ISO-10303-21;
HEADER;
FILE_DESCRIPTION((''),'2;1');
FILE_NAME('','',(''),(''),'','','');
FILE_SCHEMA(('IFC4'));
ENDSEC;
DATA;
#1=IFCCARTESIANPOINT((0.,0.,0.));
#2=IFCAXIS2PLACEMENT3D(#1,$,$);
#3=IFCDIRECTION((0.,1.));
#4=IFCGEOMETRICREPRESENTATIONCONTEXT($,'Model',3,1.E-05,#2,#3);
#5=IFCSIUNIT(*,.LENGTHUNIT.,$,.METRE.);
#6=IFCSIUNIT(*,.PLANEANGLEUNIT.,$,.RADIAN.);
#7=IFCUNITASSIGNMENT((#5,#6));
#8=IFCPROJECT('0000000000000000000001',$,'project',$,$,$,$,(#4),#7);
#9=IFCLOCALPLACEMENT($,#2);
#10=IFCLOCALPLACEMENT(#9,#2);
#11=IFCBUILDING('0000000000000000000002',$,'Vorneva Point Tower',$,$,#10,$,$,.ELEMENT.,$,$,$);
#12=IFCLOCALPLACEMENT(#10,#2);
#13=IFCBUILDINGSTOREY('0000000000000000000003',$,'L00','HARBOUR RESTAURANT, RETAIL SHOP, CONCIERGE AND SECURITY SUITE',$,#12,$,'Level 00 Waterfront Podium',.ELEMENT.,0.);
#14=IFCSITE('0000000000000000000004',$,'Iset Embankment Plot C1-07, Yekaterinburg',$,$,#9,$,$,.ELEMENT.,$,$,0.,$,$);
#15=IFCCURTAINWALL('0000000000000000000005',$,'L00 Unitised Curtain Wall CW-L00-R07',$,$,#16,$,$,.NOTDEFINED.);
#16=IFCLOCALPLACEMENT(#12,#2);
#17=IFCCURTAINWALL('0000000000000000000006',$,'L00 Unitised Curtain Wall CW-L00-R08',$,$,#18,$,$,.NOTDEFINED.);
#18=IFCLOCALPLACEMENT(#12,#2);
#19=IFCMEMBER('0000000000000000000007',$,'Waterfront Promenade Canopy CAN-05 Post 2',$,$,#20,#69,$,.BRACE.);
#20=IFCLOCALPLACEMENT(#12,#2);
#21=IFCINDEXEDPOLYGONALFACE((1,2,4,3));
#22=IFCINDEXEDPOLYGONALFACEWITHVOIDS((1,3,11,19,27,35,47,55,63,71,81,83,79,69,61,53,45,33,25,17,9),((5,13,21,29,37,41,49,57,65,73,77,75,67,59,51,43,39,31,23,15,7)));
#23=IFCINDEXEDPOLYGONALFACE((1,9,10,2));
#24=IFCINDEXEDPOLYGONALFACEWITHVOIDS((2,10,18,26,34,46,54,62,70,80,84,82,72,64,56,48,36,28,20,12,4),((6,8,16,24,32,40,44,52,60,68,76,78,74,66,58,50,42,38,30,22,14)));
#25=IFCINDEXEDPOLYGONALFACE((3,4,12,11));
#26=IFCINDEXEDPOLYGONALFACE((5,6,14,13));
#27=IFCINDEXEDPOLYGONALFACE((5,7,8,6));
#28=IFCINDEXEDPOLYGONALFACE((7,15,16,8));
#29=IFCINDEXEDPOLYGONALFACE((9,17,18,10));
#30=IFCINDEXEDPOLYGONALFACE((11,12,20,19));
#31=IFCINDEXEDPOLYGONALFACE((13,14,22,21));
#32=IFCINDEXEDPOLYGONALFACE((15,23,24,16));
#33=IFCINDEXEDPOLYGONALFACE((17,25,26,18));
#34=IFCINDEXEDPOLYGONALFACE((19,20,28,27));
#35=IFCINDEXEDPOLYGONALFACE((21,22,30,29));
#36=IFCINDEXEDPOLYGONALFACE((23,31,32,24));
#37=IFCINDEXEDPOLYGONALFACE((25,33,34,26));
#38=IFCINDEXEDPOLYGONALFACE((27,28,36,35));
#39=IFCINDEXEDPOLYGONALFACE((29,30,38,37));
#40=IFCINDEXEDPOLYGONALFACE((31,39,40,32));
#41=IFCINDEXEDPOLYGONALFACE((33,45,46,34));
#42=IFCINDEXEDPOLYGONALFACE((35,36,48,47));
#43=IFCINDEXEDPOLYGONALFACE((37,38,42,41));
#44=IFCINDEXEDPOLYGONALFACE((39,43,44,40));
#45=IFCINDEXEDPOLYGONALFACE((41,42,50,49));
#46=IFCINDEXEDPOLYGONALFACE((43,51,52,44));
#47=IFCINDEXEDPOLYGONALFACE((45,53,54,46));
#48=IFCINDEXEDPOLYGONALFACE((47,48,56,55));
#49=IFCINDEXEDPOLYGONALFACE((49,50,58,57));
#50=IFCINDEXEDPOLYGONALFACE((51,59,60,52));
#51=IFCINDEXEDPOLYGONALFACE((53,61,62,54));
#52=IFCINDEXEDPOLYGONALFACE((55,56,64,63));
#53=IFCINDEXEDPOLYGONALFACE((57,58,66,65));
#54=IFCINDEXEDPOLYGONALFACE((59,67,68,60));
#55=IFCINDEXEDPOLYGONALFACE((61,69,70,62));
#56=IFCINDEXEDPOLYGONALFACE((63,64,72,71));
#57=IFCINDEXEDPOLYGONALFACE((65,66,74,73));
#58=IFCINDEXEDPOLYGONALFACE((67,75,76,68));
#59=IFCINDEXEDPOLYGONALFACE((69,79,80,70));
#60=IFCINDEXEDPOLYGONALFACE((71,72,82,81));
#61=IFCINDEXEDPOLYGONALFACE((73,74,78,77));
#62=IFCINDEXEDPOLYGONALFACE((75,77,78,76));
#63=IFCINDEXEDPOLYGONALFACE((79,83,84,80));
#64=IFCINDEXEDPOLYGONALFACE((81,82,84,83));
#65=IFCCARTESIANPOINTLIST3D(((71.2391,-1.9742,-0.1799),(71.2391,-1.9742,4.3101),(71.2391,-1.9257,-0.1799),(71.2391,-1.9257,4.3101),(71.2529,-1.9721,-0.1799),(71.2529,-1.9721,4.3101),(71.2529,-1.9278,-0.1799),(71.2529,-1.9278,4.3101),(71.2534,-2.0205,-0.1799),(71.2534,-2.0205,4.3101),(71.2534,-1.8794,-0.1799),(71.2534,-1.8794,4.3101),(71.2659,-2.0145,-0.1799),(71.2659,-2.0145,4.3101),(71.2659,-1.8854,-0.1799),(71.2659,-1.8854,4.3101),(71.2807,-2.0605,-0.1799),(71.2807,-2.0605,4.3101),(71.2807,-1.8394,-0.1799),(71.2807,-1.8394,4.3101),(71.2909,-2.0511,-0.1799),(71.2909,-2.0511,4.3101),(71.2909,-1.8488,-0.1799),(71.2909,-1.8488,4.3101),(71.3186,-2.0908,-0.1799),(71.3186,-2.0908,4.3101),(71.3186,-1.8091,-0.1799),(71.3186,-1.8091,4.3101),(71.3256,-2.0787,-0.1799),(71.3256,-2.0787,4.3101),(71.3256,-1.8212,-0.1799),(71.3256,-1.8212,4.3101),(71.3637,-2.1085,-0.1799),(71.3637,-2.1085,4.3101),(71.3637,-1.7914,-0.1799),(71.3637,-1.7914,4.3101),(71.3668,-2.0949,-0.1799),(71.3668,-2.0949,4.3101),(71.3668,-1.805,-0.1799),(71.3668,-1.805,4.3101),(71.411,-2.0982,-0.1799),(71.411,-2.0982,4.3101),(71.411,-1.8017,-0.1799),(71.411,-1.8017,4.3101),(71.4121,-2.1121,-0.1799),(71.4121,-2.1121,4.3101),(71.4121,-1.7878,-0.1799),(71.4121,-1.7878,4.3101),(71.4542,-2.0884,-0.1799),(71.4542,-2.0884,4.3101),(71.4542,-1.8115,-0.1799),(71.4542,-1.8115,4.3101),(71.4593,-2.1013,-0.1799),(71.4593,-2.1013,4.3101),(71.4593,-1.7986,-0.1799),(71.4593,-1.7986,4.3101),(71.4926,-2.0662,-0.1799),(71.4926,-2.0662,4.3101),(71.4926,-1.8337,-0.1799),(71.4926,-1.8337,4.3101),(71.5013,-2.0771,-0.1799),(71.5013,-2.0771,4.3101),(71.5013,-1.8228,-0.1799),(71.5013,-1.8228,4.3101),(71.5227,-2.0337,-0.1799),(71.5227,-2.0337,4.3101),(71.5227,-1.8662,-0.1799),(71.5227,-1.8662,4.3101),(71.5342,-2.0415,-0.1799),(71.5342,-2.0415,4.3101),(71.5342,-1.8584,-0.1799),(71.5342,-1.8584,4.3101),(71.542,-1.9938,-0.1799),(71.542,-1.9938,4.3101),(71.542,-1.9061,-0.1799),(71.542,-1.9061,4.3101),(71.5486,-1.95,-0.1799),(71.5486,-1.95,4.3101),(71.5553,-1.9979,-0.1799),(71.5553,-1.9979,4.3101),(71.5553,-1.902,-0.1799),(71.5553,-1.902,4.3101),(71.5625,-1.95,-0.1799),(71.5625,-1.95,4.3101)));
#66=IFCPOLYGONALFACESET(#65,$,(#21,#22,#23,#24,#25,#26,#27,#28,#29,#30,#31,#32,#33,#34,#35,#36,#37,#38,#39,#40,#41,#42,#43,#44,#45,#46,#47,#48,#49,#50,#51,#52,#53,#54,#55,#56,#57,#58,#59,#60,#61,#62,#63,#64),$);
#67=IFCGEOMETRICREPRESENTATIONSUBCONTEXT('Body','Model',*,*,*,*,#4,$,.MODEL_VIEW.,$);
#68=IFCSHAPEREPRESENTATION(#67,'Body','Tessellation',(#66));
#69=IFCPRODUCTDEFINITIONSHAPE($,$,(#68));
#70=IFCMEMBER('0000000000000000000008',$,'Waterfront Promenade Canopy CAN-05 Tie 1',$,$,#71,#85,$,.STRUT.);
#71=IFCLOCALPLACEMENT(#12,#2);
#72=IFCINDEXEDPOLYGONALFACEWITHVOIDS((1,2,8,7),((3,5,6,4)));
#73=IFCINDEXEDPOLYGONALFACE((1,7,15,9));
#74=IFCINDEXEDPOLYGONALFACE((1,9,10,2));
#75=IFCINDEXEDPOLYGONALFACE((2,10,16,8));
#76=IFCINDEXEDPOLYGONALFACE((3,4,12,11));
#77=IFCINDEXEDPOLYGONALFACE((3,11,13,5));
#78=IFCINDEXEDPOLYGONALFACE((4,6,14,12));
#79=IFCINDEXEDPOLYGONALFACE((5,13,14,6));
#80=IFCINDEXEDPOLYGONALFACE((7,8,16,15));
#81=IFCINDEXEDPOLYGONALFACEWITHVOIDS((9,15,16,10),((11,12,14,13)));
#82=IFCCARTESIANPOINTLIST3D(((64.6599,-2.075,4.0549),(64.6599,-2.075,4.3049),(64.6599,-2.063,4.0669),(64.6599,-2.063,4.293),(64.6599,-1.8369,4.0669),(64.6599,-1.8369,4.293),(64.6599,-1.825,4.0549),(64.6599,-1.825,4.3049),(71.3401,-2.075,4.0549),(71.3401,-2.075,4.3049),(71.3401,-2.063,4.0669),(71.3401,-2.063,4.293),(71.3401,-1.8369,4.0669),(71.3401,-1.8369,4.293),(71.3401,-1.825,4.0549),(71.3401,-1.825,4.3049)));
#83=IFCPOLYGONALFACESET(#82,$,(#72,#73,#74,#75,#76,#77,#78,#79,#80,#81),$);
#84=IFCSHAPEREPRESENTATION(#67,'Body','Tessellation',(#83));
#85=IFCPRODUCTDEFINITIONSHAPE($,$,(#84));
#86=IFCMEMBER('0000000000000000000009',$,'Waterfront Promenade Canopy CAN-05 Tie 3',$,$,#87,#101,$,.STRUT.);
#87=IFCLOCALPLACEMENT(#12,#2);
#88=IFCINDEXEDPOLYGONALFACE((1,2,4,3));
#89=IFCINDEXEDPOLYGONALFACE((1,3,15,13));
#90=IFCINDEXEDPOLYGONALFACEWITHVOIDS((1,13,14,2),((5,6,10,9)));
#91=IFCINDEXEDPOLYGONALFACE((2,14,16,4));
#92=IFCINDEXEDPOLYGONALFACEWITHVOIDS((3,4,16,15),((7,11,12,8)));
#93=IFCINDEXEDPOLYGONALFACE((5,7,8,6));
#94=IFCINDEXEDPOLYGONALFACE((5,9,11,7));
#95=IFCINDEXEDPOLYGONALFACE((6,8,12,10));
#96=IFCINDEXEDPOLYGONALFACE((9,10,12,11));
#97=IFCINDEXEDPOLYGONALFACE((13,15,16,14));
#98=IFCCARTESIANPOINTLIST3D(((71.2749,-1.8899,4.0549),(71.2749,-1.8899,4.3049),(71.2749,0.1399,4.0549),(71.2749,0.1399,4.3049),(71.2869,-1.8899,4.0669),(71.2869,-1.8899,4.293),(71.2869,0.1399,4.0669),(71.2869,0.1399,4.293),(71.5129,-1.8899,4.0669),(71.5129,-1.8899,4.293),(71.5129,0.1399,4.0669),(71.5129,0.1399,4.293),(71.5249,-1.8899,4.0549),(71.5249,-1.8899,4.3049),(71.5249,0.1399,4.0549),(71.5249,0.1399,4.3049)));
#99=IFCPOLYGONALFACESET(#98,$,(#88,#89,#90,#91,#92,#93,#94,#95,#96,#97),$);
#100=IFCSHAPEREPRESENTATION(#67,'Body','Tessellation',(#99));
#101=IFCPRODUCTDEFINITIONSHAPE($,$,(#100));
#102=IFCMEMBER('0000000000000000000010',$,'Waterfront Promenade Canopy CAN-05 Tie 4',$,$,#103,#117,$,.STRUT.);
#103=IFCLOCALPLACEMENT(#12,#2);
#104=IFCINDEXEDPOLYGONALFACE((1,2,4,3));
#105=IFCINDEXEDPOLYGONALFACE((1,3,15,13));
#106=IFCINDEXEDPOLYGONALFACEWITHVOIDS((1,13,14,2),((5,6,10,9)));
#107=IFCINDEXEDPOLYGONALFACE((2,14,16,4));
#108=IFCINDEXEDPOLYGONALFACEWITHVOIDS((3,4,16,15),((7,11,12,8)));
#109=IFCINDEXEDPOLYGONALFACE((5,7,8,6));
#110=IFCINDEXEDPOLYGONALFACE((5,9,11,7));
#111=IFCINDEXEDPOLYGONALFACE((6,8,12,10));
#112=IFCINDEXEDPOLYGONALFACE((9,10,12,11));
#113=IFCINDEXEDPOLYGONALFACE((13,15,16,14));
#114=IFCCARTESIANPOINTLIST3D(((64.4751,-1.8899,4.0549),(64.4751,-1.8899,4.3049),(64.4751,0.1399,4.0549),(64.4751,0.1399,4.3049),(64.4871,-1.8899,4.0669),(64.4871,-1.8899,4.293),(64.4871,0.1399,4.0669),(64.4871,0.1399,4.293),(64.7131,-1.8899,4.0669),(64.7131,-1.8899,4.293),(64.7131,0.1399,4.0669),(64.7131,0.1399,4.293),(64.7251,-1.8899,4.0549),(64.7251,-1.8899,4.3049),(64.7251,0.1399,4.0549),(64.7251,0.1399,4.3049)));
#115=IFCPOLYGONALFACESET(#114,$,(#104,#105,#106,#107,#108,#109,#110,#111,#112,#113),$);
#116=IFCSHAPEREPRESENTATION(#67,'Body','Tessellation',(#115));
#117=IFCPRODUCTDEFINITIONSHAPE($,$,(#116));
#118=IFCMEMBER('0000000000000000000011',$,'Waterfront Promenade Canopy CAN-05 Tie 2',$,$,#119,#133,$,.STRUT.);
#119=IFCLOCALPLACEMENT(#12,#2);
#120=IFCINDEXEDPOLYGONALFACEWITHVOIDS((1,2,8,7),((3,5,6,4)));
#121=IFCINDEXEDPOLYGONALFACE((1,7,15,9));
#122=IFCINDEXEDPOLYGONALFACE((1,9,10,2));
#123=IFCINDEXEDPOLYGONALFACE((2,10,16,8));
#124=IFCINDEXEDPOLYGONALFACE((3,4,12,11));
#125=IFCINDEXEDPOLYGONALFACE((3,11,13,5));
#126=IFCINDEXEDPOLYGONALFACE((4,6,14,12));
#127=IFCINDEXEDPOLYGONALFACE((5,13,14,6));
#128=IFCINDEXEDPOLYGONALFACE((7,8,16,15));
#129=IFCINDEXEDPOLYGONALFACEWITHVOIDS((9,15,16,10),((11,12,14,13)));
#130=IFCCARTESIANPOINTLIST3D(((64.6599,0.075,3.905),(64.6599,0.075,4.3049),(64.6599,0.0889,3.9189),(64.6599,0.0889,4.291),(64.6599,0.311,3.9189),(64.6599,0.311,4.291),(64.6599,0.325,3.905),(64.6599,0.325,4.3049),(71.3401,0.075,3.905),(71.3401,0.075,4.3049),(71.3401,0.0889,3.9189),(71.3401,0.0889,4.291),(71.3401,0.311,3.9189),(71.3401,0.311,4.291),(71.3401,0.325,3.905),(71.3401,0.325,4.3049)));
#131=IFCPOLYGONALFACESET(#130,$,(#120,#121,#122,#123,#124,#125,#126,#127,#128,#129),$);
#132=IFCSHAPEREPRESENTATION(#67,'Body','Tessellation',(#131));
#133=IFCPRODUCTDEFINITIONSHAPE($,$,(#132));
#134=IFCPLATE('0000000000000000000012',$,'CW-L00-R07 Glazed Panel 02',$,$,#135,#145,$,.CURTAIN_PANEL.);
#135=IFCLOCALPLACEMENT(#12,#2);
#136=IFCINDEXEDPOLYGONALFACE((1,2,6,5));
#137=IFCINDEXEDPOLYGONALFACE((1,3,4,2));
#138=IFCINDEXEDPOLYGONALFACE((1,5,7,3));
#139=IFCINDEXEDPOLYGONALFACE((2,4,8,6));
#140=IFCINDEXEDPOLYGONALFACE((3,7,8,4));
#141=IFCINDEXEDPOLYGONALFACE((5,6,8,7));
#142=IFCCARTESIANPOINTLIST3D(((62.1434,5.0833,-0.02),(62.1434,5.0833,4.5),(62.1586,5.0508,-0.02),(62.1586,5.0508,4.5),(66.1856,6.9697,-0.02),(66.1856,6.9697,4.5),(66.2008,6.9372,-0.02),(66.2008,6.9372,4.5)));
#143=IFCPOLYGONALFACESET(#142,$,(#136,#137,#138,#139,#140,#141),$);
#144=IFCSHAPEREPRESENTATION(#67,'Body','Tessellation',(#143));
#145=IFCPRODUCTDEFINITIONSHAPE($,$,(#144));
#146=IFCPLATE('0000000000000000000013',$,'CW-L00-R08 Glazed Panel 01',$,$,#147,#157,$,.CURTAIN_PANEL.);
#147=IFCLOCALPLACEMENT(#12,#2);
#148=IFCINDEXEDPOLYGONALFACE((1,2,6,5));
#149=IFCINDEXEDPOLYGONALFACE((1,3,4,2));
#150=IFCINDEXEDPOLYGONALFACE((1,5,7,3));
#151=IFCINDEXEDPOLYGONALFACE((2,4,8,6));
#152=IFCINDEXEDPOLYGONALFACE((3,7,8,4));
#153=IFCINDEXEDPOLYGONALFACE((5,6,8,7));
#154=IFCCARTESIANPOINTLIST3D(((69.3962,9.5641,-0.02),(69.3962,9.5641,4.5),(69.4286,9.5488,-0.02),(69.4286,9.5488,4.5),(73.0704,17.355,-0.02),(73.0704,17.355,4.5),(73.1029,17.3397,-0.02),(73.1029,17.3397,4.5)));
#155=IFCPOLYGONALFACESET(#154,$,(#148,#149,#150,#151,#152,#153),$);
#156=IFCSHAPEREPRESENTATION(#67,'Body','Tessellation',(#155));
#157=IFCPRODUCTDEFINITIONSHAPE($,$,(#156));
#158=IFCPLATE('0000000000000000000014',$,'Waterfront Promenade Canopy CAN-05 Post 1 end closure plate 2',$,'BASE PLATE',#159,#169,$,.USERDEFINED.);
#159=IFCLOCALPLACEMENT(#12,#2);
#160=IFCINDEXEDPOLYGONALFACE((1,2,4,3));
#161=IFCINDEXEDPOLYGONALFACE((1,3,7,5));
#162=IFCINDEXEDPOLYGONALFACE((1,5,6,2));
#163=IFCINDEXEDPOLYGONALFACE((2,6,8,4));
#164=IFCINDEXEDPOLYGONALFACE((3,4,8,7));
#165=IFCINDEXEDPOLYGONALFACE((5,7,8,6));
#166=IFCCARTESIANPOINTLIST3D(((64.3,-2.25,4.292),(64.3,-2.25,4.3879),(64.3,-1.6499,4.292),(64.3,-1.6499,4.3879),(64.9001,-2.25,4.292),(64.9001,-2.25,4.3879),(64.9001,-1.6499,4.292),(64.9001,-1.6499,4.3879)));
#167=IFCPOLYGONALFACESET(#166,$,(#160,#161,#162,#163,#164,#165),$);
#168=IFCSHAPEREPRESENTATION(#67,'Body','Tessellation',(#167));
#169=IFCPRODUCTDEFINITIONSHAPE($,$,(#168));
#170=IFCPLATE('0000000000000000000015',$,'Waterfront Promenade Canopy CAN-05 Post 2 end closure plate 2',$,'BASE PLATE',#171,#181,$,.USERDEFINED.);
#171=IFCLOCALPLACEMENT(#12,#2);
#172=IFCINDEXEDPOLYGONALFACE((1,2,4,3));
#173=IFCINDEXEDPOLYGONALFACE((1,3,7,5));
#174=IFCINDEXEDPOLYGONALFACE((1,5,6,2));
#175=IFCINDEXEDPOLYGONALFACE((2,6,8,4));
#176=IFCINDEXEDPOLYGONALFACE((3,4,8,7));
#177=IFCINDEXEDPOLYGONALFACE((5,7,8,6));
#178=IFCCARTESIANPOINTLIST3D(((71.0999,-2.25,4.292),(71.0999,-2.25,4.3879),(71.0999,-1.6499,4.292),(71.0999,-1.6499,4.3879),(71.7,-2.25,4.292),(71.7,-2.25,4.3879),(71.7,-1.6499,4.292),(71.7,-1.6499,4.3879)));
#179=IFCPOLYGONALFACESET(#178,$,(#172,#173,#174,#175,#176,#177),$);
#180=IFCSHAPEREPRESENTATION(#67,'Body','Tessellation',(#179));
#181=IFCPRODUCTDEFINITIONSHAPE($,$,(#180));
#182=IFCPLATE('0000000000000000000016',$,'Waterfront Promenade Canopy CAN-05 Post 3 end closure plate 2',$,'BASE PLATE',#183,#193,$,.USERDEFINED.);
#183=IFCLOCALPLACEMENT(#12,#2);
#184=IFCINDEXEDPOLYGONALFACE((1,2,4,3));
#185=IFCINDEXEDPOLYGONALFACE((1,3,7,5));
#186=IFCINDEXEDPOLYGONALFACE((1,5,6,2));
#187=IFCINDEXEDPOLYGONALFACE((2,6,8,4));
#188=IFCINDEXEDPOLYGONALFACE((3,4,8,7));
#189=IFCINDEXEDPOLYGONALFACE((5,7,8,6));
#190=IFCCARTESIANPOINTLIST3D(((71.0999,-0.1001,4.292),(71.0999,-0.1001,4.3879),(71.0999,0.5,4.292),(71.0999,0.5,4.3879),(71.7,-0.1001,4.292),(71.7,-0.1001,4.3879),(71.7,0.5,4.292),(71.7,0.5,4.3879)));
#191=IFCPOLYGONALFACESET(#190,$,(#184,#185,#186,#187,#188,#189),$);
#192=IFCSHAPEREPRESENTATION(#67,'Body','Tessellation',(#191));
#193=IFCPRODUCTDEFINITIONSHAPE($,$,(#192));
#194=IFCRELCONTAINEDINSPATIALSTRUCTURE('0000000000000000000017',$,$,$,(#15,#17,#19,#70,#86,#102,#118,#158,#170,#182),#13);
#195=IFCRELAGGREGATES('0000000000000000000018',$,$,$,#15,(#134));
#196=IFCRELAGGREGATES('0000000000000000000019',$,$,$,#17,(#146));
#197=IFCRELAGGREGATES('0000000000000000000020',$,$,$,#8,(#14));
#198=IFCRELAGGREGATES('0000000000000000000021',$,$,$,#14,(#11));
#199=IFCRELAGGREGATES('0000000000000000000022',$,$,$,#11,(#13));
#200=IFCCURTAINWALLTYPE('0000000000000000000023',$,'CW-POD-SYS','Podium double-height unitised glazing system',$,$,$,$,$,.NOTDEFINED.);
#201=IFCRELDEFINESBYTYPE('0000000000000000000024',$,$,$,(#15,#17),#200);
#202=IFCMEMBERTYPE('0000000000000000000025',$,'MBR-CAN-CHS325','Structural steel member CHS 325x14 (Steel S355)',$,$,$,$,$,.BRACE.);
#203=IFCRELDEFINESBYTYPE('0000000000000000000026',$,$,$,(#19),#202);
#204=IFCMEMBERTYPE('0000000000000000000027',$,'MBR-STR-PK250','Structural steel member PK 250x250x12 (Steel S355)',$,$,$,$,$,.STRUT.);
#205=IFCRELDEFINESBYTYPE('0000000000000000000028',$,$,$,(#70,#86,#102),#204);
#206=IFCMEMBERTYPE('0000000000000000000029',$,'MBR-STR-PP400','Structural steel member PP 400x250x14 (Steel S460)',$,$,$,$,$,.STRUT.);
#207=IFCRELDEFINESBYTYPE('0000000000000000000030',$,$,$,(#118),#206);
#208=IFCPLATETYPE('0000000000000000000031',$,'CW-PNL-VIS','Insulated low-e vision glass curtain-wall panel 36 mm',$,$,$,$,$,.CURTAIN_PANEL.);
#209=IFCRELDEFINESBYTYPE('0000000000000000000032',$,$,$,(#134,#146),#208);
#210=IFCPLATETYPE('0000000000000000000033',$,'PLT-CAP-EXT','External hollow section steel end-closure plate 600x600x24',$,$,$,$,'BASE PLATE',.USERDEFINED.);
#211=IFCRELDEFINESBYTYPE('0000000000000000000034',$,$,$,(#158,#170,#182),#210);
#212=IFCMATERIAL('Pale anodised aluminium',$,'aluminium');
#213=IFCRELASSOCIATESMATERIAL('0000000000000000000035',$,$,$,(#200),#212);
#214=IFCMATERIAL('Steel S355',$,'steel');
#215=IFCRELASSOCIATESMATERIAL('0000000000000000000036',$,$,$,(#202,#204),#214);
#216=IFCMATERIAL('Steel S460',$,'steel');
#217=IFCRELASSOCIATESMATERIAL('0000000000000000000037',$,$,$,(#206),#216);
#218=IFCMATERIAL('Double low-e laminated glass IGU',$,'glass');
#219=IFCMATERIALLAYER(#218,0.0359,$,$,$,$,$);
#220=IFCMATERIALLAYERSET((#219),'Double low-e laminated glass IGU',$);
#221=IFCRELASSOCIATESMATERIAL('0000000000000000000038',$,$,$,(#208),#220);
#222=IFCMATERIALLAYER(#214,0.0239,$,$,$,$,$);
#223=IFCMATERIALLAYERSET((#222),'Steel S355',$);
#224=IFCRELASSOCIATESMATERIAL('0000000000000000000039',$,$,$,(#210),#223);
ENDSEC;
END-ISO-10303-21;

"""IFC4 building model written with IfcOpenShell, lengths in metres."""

from ifc_helpers import new_model, si_unit, direction, frame, origin, origin_2d, place, context, subcontext, project, spatial, rectangle, hollow_rectangle, hollow_circle, extrude, material, layer, layer_set, material_profile, profile_set, type_object, element, aggregate, save


model = new_model("IFC4")

# Units and contexts
model_context = context("Model", 3, precision=1e-05, world=origin(), true_north=direction((0.0, 1.0)))
body_context = subcontext(model_context, "Body", "Model", "MODEL_VIEW")
ifc_project = project(units=[si_unit("LENGTHUNIT", "METRE"), si_unit("PLANEANGLEUNIT", "RADIAN")], contexts=[model_context])

# Site, building, storey
site_placement = place(None, origin())
site = spatial("IfcSite", under=ifc_project, at=site_placement, Name="Iset Embankment Plot C1-07, Yekaterinburg", CompositionType="ELEMENT", RefElevation=0.0)
building_placement = place(site_placement, origin())
building = spatial("IfcBuilding", under=site, at=building_placement, Name="Vorneva Point Tower", CompositionType="ELEMENT")
storey_placement = place(building_placement, origin())
storey = spatial("IfcBuildingStorey", under=building, at=storey_placement, Name="L00", Description="HARBOUR RESTAURANT, RETAIL SHOP, CONCIERGE AND SECURITY SUITE", LongName="Level 00 Waterfront Podium", CompositionType="ELEMENT", Elevation=0.0)

# Shared definitions
ifc_material_1 = material(Name="Steel S355", Category="steel")

# Curtain wall
ifc_material_2 = material(Name="Pale anodised aluminium", Category="aluminium")
curtain_wall_type = type_object("IfcCurtainWallType", Name="CW-POD-SYS", Description="Podium double-height unitised glazing system", PredefinedType="NOTDEFINED", material=ifc_material_2)
curtain_wall_1_placement = place(storey_placement, origin())
curtain_wall_1 = element("IfcCurtainWall", 1, at=curtain_wall_1_placement, inside=storey, type_object=curtain_wall_type, Name="L00 Unitised Curtain Wall CW-L00-R07", PredefinedType="NOTDEFINED")

# Curtain wall
curtain_wall_2_placement = place(storey_placement, origin())
curtain_wall_2 = element("IfcCurtainWall", 2, at=curtain_wall_2_placement, inside=storey, type_object=curtain_wall_type, Name="L00 Unitised Curtain Wall CW-L00-R08", PredefinedType="NOTDEFINED")

# Members
ifc_material_profile_1 = material_profile(ifc_material_1, hollow_circle(Radius=0.1626, WallThickness=0.0139, at=origin_2d()), Name="CHS 325x14")
ifc_profile_set_1 = profile_set([ifc_material_profile_1], Name="Steel S355")
member_type_1 = type_object("IfcMemberType", Name="MBR-CAN-CHS325", Description="Structural steel member CHS 325x14 (Steel S355)", PredefinedType="BRACE", material=ifc_profile_set_1)
for number, where, z_axis, x_axis, name in (
    (3, (71.3999, -1.95, -0.1799), (0.0, 0.0, 1.0), (1.0, 0.0, 0.0), "Waterfront Promenade Canopy CAN-05 Post 2"),
):
    element("IfcMember", number, at=place(storey_placement, frame(where, z_axis=z_axis, x_axis=x_axis)), inside=storey, type_object=member_type_1, Name=name, PredefinedType="BRACE", context=body_context, shape_type="SweptSolid", body=[
        extrude(hollow_circle(Radius=0.1626, WallThickness=0.0139, at=origin_2d()), origin(), (0.0, 0.0, 1.0), 4.49),
    ])
ifc_material_profile_2 = material_profile(ifc_material_1, hollow_rectangle(XDim=0.25, YDim=0.25, WallThickness=0.012, at=origin_2d()), Name="PK 250x250x12")
ifc_profile_set_2 = profile_set([ifc_material_profile_2], Name="Steel S355")
member_type_2 = type_object("IfcMemberType", Name="MBR-STR-PK250", Description="Structural steel member PK 250x250x12 (Steel S355)", PredefinedType="STRUT", material=ifc_profile_set_2)
member_1_placement = place(storey_placement, frame((64.6599, -1.95, 4.1799), z_axis=(1.0, 0.0, 0.0), x_axis=(0.0, 1.0, 0.0)))
element("IfcMember", 4, at=member_1_placement, inside=storey, type_object=member_type_2, Name="Waterfront Promenade Canopy CAN-05 Tie 1", PredefinedType="STRUT", context=body_context, shape_type="SweptSolid", body=[
    extrude(hollow_rectangle(XDim=0.25, YDim=0.25, WallThickness=0.012, at=origin_2d()), origin(), (0.0, 0.0, 1.0), 6.6802),
])
for number, where, z_axis, x_axis, name in (
    (5, (71.3999, -1.8899, 4.1799), (0.0, 1.0, 0.0), (-1.0, 0.0, 0.0), "Waterfront Promenade Canopy CAN-05 Tie 3"),
    (6, (64.6001, 0.1399, 4.1799), (0.0, -1.0, 0.0), (1.0, 0.0, 0.0), "Waterfront Promenade Canopy CAN-05 Tie 4"),
):
    element("IfcMember", number, at=place(storey_placement, frame(where, z_axis=z_axis, x_axis=x_axis)), inside=storey, type_object=member_type_2, Name=name, PredefinedType="STRUT", context=body_context, shape_type="SweptSolid", body=[
        extrude(hollow_rectangle(XDim=0.25, YDim=0.25, WallThickness=0.012, at=origin_2d()), origin(), (0.0, 0.0, 1.0), 2.0298),
    ])
ifc_material_3 = material(Name="Steel S460", Category="steel")
ifc_material_profile_3 = material_profile(ifc_material_3, hollow_rectangle(XDim=0.25, YDim=0.3999, WallThickness=0.0139, at=origin_2d()), Name="PP 400x250x14")
ifc_profile_set_3 = profile_set([ifc_material_profile_3], Name="Steel S460")
member_type_3 = type_object("IfcMemberType", Name="MBR-STR-PP400", Description="Structural steel member PP 400x250x14 (Steel S460)", PredefinedType="STRUT", material=ifc_profile_set_3)
member_2_placement = place(storey_placement, frame((71.3401, 0.2, 4.105), z_axis=(-1.0, 0.0, 0.0), x_axis=(0.0, -1.0, 0.0)))
element("IfcMember", 7, at=member_2_placement, inside=storey, type_object=member_type_3, Name="Waterfront Promenade Canopy CAN-05 Tie 2", PredefinedType="STRUT", context=body_context, shape_type="SweptSolid", body=[
    extrude(hollow_rectangle(XDim=0.25, YDim=0.3999, WallThickness=0.0139, at=origin_2d()), origin(), (0.0, 0.0, 1.0), 6.6802),
])

# Plates
ifc_material_4 = material(Name="Double low-e laminated glass IGU", Category="glass")
ifc_layer_1 = layer(ifc_material_4, 0.0359)
ifc_layer_set_1 = layer_set([ifc_layer_1], Name="Double low-e laminated glass IGU")
plate_type_1 = type_object("IfcPlateType", Name="CW-PNL-VIS", Description="Insulated low-e vision glass curtain-wall panel 36 mm", PredefinedType="CURTAIN_PANEL", material=ifc_layer_set_1)
plate_1_placement = place(storey_placement, frame((64.1721, 6.0103, -0.02), z_axis=(0.0, 0.0, 1.0), x_axis=(0.906175, 0.422903, 0.0)))
plate_1 = element("IfcPlate", 8, at=plate_1_placement, type_object=plate_type_1, Name="CW-L00-R07 Glazed Panel 02", PredefinedType="CURTAIN_PANEL", context=body_context, shape_type="SweptSolid", body=[
    extrude(rectangle(XDim=4.4607, YDim=0.0359, at=origin_2d()), origin(), (0.0, 0.0, 1.0), 4.52),
])
aggregate(curtain_wall_1, [plate_1])
plate_2_placement = place(storey_placement, frame((71.2495, 13.4519, -0.02), z_axis=(0.0, 0.0, 1.0), x_axis=(0.426553, 0.904463, 0.0)))
plate_2 = element("IfcPlate", 9, at=plate_2_placement, type_object=plate_type_1, Name="CW-L00-R08 Glazed Panel 01", PredefinedType="CURTAIN_PANEL", context=body_context, shape_type="SweptSolid", body=[
    extrude(rectangle(XDim=8.6138, YDim=0.0359, at=origin_2d()), origin(), (0.0, 0.0, 1.0), 4.52),
])
aggregate(curtain_wall_2, [plate_2])

# Plates
ifc_layer_2 = layer(ifc_material_1, 0.0239)
ifc_layer_set_2 = layer_set([ifc_layer_2], Name="Steel S355")
plate_type_2 = type_object("IfcPlateType", Name="PLT-CAP-EXT", Description="External hollow section steel end-closure plate 600x600x24", ElementType="BASE PLATE", PredefinedType="USERDEFINED", material=ifc_layer_set_2)
for number, where, z_axis, x_axis, name in (
    (10, (64.6001, -1.95, 4.292), (0.0, 0.0, 1.0), (1.0, 0.0, 0.0), "Waterfront Promenade Canopy CAN-05 Post 1 end closure plate 2"),
    (11, (71.3999, -1.95, 4.292), (0.0, 0.0, 1.0), (1.0, 0.0, 0.0), "Waterfront Promenade Canopy CAN-05 Post 2 end closure plate 2"),
    (12, (71.3999, 0.2, 4.292), (0.0, 0.0, 1.0), (1.0, 0.0, 0.0), "Waterfront Promenade Canopy CAN-05 Post 3 end closure plate 2"),
):
    element("IfcPlate", number, at=place(storey_placement, frame(where, z_axis=z_axis, x_axis=x_axis)), inside=storey, type_object=plate_type_2, Name=name, ObjectType="BASE PLATE", PredefinedType="USERDEFINED", context=body_context, shape_type="SweptSolid", body=[
        extrude(rectangle(XDim=0.6001, YDim=0.6001, at=origin_2d()), origin(), (0.0, 0.0, 1.0), 0.0959),
    ])

save(model, "model.ifc")
